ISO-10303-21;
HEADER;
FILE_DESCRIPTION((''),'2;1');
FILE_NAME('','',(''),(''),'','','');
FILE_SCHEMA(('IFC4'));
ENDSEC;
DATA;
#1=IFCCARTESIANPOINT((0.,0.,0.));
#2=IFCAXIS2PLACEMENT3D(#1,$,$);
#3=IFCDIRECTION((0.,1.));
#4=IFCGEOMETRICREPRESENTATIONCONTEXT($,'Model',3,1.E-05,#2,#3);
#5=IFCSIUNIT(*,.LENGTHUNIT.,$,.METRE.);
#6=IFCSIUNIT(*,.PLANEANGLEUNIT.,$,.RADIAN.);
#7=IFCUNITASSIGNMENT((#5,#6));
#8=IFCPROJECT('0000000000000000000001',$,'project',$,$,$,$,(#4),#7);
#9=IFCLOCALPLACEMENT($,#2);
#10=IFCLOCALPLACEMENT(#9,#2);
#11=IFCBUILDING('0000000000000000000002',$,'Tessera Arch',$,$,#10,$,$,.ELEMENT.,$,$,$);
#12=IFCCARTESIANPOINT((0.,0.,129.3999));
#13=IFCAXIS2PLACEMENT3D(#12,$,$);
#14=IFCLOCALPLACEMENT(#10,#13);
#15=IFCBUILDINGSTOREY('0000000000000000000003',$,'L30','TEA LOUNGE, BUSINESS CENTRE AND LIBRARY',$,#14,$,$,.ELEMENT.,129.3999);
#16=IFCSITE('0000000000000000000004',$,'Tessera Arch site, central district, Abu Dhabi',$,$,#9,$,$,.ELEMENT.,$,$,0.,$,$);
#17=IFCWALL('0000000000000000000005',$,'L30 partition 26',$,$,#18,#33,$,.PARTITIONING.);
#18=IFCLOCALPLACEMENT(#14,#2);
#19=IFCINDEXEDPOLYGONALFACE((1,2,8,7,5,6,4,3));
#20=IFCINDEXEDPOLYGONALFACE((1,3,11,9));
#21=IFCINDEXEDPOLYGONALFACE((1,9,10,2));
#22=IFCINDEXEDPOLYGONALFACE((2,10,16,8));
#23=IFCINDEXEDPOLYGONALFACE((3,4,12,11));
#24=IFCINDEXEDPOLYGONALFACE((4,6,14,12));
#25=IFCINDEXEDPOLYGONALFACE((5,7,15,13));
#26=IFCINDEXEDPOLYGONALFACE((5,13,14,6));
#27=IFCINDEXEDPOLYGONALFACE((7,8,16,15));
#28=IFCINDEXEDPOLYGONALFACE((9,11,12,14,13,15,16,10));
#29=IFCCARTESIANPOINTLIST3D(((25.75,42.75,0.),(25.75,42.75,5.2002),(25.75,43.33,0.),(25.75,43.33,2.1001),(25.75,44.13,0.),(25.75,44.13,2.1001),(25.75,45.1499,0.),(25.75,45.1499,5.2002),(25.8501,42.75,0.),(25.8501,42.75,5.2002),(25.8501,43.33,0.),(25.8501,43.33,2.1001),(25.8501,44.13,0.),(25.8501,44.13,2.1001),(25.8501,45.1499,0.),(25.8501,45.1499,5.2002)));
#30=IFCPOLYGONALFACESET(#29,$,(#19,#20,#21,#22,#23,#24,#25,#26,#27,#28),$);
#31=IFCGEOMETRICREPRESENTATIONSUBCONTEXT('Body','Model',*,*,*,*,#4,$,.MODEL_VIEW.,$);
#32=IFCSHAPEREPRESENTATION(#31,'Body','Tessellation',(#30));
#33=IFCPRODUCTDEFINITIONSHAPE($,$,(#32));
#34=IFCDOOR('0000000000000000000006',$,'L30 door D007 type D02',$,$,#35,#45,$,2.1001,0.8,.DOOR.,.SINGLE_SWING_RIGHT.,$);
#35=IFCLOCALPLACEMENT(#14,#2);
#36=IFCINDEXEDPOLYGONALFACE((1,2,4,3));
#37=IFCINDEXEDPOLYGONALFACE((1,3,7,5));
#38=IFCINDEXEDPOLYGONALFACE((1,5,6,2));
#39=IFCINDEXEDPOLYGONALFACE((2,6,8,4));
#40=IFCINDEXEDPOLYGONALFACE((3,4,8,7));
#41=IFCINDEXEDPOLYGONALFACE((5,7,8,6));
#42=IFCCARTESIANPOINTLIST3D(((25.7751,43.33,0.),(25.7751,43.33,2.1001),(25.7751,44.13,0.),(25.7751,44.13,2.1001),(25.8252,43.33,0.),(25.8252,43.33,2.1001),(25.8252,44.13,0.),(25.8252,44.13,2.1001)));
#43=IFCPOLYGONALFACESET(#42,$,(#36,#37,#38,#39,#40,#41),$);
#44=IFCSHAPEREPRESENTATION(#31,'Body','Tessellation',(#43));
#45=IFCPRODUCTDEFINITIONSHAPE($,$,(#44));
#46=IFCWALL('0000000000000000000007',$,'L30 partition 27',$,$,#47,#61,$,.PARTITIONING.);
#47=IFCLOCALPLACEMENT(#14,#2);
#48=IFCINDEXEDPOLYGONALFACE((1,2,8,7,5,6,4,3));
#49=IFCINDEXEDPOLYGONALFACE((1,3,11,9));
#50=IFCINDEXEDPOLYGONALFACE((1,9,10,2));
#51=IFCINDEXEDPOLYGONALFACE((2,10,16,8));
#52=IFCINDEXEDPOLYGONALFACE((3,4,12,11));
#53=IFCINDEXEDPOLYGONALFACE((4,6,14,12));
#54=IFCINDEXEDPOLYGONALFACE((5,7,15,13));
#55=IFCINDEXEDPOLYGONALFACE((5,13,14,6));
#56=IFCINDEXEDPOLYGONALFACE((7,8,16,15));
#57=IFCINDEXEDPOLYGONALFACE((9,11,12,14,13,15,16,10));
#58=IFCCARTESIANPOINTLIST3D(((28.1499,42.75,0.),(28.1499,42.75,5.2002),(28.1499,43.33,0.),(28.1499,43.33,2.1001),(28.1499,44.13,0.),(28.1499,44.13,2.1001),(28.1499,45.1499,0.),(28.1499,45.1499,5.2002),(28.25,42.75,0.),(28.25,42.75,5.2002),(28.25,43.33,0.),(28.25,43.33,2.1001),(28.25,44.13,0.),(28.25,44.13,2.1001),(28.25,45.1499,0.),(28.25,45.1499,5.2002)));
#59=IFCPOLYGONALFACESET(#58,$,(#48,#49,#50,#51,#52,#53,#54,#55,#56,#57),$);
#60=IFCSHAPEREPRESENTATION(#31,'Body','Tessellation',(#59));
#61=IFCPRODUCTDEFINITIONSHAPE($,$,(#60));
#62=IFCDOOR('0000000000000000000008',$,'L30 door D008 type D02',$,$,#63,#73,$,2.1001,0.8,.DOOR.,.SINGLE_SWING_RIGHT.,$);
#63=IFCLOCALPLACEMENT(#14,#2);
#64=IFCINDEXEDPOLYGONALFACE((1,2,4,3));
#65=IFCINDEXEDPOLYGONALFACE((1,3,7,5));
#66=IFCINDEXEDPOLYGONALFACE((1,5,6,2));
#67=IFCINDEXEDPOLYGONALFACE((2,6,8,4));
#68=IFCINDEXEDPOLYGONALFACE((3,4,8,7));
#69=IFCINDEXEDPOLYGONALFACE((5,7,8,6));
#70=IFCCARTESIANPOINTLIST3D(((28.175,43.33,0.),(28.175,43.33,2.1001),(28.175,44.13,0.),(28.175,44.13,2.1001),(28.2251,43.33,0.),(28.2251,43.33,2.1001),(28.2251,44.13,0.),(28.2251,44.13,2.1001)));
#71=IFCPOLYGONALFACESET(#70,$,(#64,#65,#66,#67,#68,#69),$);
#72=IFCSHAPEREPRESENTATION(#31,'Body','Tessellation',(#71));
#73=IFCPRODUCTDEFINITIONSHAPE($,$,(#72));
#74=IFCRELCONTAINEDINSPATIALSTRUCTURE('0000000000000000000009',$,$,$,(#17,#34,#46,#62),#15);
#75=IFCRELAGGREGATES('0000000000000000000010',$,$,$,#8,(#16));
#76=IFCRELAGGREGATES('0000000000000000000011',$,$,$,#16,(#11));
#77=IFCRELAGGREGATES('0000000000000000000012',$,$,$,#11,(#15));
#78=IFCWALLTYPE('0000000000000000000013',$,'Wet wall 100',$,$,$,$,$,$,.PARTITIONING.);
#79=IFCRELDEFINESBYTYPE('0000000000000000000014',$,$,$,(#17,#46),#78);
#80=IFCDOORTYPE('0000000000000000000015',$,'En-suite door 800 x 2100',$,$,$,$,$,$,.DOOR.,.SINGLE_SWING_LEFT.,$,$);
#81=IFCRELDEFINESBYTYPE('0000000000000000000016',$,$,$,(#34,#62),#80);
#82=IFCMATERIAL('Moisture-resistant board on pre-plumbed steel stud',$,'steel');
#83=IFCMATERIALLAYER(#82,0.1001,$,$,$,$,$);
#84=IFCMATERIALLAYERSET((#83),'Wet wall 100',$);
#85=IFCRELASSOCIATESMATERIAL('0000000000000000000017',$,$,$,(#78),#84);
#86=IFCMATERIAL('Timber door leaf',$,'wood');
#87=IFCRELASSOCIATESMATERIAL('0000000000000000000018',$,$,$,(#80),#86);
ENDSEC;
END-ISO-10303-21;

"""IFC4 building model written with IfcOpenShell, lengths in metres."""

from ifc_helpers import new_model, si_unit, direction, frame, frame_2d, origin, place, context, subcontext, project, spatial, rectangle, extrude, material, layer, layer_set, type_object, element, fill, save


model = new_model("IFC4")

# Units and contexts
model_context = context("Model", 3, precision=1e-05, world=origin(), true_north=direction((0.0, 1.0)))
body_context = subcontext(model_context, "Body", "Model", "MODEL_VIEW")
ifc_project = project(units=[si_unit("LENGTHUNIT", "METRE"), si_unit("PLANEANGLEUNIT", "RADIAN")], contexts=[model_context])

# Site, building, storey
site_placement = place(None, origin())
site = spatial("IfcSite", under=ifc_project, at=site_placement, Name="Tessera Arch site, central district, Abu Dhabi", CompositionType="ELEMENT", RefElevation=0.0)
building_placement = place(site_placement, origin())
building = spatial("IfcBuilding", under=site, at=building_placement, Name="Tessera Arch", CompositionType="ELEMENT")
storey_placement = place(building_placement, frame((0.0, 0.0, 129.3999)))
storey = spatial("IfcBuildingStorey", under=building, at=storey_placement, Name="L30", Description="TEA LOUNGE, BUSINESS CENTRE AND LIBRARY", CompositionType="ELEMENT", Elevation=129.3999)

# Shared definitions
ifc_material_1 = material(Name="Moisture-resistant board on pre-plumbed steel stud", Category="steel")
ifc_layer_1 = layer(ifc_material_1, 0.1001)
ifc_layer_set_1 = layer_set([ifc_layer_1], Name="Wet wall 100")
wall_type_1 = type_object("IfcWallType", Name="Wet wall 100", PredefinedType="PARTITIONING", material=ifc_layer_set_1)

# Walls, openings, doors
wall_1_placement = place(storey_placement, frame((25.8, 42.75, 0.0), z_axis=(0.0, 0.0, 1.0), x_axis=(0.0, 1.0, 0.0)))
wall_1 = element("IfcWall", 1, at=wall_1_placement, inside=storey, type_object=wall_type_1, Name="L30 partition 26", PredefinedType="PARTITIONING", context=body_context, shape_type="SweptSolid", body=[
    extrude(rectangle(XDim=2.3999, YDim=0.1001, at=frame_2d((1.2, 0.0))), origin(), (0.0, 0.0, 1.0), 5.2002),
])
opening_1_placement = place(wall_1_placement, frame((0.5801, 0.0, 0.0)))
opening_1 = element("IfcOpeningElement", 2, at=opening_1_placement, cuts=wall_1, PredefinedType="OPENING", context=body_context, shape_type="SweptSolid", body=[
    extrude(rectangle(XDim=0.8, YDim=2.1001, at=frame_2d((0.3999, 1.05))), frame((0.0, 0.0601, 0.0), z_axis=(0.0, -1.0, 0.0), x_axis=(1.0, 0.0, 0.0)), (0.0, 0.0, 1.0), 0.1201),
])
ifc_material_2 = material(Name="Timber door leaf", Category="wood")
door_type_1 = type_object("IfcDoorType", Name="En-suite door 800 x 2100", OperationType="SINGLE_SWING_LEFT", PredefinedType="DOOR", material=ifc_material_2)
door_1_placement = place(opening_1_placement, origin())
door_1 = element("IfcDoor", 3, at=door_1_placement, inside=storey, type_object=door_type_1, Name="L30 door D007 type D02", OperationType="SINGLE_SWING_RIGHT", OverallHeight=2.1001, OverallWidth=0.8, PredefinedType="DOOR", context=body_context, shape_type="SweptSolid", body=[
    extrude(rectangle(XDim=0.8, YDim=2.1001, at=frame_2d((0.3999, 1.05))), frame((0.0, 0.0249, 0.0), z_axis=(0.0, -1.0, 0.0), x_axis=(1.0, 0.0, 0.0)), (0.0, 0.0, 1.0), 0.05),
])
fill(opening_1, door_1)
wall_2_placement = place(storey_placement, frame((28.2, 42.75, 0.0), z_axis=(0.0, 0.0, 1.0), x_axis=(0.0, 1.0, 0.0)))
wall_2 = element("IfcWall", 4, at=wall_2_placement, inside=storey, type_object=wall_type_1, Name="L30 partition 27", PredefinedType="PARTITIONING", context=body_context, shape_type="SweptSolid", body=[
    extrude(rectangle(XDim=2.3999, YDim=0.1001, at=frame_2d((1.2, 0.0))), origin(), (0.0, 0.0, 1.0), 5.2002),
])
opening_2_placement = place(wall_2_placement, frame((0.5801, 0.0, 0.0)))
opening_2 = element("IfcOpeningElement", 5, at=opening_2_placement, cuts=wall_2, PredefinedType="OPENING", context=body_context, shape_type="SweptSolid", body=[
    extrude(rectangle(XDim=0.8, YDim=2.1001, at=frame_2d((0.3999, 1.05))), frame((0.0, 0.0601, 0.0), z_axis=(0.0, -1.0, 0.0), x_axis=(1.0, 0.0, 0.0)), (0.0, 0.0, 1.0), 0.1201),
])
door_2_placement = place(opening_2_placement, origin())
door_2 = element("IfcDoor", 6, at=door_2_placement, inside=storey, type_object=door_type_1, Name="L30 door D008 type D02", OperationType="SINGLE_SWING_RIGHT", OverallHeight=2.1001, OverallWidth=0.8, PredefinedType="DOOR", context=body_context, shape_type="SweptSolid", body=[
    extrude(rectangle(XDim=0.8, YDim=2.1001, at=frame_2d((0.3999, 1.05))), frame((0.0, 0.0249, 0.0), z_axis=(0.0, -1.0, 0.0), x_axis=(1.0, 0.0, 0.0)), (0.0, 0.0, 1.0), 0.05),
])
fill(opening_2, door_2)

save(model, "model.ifc")
